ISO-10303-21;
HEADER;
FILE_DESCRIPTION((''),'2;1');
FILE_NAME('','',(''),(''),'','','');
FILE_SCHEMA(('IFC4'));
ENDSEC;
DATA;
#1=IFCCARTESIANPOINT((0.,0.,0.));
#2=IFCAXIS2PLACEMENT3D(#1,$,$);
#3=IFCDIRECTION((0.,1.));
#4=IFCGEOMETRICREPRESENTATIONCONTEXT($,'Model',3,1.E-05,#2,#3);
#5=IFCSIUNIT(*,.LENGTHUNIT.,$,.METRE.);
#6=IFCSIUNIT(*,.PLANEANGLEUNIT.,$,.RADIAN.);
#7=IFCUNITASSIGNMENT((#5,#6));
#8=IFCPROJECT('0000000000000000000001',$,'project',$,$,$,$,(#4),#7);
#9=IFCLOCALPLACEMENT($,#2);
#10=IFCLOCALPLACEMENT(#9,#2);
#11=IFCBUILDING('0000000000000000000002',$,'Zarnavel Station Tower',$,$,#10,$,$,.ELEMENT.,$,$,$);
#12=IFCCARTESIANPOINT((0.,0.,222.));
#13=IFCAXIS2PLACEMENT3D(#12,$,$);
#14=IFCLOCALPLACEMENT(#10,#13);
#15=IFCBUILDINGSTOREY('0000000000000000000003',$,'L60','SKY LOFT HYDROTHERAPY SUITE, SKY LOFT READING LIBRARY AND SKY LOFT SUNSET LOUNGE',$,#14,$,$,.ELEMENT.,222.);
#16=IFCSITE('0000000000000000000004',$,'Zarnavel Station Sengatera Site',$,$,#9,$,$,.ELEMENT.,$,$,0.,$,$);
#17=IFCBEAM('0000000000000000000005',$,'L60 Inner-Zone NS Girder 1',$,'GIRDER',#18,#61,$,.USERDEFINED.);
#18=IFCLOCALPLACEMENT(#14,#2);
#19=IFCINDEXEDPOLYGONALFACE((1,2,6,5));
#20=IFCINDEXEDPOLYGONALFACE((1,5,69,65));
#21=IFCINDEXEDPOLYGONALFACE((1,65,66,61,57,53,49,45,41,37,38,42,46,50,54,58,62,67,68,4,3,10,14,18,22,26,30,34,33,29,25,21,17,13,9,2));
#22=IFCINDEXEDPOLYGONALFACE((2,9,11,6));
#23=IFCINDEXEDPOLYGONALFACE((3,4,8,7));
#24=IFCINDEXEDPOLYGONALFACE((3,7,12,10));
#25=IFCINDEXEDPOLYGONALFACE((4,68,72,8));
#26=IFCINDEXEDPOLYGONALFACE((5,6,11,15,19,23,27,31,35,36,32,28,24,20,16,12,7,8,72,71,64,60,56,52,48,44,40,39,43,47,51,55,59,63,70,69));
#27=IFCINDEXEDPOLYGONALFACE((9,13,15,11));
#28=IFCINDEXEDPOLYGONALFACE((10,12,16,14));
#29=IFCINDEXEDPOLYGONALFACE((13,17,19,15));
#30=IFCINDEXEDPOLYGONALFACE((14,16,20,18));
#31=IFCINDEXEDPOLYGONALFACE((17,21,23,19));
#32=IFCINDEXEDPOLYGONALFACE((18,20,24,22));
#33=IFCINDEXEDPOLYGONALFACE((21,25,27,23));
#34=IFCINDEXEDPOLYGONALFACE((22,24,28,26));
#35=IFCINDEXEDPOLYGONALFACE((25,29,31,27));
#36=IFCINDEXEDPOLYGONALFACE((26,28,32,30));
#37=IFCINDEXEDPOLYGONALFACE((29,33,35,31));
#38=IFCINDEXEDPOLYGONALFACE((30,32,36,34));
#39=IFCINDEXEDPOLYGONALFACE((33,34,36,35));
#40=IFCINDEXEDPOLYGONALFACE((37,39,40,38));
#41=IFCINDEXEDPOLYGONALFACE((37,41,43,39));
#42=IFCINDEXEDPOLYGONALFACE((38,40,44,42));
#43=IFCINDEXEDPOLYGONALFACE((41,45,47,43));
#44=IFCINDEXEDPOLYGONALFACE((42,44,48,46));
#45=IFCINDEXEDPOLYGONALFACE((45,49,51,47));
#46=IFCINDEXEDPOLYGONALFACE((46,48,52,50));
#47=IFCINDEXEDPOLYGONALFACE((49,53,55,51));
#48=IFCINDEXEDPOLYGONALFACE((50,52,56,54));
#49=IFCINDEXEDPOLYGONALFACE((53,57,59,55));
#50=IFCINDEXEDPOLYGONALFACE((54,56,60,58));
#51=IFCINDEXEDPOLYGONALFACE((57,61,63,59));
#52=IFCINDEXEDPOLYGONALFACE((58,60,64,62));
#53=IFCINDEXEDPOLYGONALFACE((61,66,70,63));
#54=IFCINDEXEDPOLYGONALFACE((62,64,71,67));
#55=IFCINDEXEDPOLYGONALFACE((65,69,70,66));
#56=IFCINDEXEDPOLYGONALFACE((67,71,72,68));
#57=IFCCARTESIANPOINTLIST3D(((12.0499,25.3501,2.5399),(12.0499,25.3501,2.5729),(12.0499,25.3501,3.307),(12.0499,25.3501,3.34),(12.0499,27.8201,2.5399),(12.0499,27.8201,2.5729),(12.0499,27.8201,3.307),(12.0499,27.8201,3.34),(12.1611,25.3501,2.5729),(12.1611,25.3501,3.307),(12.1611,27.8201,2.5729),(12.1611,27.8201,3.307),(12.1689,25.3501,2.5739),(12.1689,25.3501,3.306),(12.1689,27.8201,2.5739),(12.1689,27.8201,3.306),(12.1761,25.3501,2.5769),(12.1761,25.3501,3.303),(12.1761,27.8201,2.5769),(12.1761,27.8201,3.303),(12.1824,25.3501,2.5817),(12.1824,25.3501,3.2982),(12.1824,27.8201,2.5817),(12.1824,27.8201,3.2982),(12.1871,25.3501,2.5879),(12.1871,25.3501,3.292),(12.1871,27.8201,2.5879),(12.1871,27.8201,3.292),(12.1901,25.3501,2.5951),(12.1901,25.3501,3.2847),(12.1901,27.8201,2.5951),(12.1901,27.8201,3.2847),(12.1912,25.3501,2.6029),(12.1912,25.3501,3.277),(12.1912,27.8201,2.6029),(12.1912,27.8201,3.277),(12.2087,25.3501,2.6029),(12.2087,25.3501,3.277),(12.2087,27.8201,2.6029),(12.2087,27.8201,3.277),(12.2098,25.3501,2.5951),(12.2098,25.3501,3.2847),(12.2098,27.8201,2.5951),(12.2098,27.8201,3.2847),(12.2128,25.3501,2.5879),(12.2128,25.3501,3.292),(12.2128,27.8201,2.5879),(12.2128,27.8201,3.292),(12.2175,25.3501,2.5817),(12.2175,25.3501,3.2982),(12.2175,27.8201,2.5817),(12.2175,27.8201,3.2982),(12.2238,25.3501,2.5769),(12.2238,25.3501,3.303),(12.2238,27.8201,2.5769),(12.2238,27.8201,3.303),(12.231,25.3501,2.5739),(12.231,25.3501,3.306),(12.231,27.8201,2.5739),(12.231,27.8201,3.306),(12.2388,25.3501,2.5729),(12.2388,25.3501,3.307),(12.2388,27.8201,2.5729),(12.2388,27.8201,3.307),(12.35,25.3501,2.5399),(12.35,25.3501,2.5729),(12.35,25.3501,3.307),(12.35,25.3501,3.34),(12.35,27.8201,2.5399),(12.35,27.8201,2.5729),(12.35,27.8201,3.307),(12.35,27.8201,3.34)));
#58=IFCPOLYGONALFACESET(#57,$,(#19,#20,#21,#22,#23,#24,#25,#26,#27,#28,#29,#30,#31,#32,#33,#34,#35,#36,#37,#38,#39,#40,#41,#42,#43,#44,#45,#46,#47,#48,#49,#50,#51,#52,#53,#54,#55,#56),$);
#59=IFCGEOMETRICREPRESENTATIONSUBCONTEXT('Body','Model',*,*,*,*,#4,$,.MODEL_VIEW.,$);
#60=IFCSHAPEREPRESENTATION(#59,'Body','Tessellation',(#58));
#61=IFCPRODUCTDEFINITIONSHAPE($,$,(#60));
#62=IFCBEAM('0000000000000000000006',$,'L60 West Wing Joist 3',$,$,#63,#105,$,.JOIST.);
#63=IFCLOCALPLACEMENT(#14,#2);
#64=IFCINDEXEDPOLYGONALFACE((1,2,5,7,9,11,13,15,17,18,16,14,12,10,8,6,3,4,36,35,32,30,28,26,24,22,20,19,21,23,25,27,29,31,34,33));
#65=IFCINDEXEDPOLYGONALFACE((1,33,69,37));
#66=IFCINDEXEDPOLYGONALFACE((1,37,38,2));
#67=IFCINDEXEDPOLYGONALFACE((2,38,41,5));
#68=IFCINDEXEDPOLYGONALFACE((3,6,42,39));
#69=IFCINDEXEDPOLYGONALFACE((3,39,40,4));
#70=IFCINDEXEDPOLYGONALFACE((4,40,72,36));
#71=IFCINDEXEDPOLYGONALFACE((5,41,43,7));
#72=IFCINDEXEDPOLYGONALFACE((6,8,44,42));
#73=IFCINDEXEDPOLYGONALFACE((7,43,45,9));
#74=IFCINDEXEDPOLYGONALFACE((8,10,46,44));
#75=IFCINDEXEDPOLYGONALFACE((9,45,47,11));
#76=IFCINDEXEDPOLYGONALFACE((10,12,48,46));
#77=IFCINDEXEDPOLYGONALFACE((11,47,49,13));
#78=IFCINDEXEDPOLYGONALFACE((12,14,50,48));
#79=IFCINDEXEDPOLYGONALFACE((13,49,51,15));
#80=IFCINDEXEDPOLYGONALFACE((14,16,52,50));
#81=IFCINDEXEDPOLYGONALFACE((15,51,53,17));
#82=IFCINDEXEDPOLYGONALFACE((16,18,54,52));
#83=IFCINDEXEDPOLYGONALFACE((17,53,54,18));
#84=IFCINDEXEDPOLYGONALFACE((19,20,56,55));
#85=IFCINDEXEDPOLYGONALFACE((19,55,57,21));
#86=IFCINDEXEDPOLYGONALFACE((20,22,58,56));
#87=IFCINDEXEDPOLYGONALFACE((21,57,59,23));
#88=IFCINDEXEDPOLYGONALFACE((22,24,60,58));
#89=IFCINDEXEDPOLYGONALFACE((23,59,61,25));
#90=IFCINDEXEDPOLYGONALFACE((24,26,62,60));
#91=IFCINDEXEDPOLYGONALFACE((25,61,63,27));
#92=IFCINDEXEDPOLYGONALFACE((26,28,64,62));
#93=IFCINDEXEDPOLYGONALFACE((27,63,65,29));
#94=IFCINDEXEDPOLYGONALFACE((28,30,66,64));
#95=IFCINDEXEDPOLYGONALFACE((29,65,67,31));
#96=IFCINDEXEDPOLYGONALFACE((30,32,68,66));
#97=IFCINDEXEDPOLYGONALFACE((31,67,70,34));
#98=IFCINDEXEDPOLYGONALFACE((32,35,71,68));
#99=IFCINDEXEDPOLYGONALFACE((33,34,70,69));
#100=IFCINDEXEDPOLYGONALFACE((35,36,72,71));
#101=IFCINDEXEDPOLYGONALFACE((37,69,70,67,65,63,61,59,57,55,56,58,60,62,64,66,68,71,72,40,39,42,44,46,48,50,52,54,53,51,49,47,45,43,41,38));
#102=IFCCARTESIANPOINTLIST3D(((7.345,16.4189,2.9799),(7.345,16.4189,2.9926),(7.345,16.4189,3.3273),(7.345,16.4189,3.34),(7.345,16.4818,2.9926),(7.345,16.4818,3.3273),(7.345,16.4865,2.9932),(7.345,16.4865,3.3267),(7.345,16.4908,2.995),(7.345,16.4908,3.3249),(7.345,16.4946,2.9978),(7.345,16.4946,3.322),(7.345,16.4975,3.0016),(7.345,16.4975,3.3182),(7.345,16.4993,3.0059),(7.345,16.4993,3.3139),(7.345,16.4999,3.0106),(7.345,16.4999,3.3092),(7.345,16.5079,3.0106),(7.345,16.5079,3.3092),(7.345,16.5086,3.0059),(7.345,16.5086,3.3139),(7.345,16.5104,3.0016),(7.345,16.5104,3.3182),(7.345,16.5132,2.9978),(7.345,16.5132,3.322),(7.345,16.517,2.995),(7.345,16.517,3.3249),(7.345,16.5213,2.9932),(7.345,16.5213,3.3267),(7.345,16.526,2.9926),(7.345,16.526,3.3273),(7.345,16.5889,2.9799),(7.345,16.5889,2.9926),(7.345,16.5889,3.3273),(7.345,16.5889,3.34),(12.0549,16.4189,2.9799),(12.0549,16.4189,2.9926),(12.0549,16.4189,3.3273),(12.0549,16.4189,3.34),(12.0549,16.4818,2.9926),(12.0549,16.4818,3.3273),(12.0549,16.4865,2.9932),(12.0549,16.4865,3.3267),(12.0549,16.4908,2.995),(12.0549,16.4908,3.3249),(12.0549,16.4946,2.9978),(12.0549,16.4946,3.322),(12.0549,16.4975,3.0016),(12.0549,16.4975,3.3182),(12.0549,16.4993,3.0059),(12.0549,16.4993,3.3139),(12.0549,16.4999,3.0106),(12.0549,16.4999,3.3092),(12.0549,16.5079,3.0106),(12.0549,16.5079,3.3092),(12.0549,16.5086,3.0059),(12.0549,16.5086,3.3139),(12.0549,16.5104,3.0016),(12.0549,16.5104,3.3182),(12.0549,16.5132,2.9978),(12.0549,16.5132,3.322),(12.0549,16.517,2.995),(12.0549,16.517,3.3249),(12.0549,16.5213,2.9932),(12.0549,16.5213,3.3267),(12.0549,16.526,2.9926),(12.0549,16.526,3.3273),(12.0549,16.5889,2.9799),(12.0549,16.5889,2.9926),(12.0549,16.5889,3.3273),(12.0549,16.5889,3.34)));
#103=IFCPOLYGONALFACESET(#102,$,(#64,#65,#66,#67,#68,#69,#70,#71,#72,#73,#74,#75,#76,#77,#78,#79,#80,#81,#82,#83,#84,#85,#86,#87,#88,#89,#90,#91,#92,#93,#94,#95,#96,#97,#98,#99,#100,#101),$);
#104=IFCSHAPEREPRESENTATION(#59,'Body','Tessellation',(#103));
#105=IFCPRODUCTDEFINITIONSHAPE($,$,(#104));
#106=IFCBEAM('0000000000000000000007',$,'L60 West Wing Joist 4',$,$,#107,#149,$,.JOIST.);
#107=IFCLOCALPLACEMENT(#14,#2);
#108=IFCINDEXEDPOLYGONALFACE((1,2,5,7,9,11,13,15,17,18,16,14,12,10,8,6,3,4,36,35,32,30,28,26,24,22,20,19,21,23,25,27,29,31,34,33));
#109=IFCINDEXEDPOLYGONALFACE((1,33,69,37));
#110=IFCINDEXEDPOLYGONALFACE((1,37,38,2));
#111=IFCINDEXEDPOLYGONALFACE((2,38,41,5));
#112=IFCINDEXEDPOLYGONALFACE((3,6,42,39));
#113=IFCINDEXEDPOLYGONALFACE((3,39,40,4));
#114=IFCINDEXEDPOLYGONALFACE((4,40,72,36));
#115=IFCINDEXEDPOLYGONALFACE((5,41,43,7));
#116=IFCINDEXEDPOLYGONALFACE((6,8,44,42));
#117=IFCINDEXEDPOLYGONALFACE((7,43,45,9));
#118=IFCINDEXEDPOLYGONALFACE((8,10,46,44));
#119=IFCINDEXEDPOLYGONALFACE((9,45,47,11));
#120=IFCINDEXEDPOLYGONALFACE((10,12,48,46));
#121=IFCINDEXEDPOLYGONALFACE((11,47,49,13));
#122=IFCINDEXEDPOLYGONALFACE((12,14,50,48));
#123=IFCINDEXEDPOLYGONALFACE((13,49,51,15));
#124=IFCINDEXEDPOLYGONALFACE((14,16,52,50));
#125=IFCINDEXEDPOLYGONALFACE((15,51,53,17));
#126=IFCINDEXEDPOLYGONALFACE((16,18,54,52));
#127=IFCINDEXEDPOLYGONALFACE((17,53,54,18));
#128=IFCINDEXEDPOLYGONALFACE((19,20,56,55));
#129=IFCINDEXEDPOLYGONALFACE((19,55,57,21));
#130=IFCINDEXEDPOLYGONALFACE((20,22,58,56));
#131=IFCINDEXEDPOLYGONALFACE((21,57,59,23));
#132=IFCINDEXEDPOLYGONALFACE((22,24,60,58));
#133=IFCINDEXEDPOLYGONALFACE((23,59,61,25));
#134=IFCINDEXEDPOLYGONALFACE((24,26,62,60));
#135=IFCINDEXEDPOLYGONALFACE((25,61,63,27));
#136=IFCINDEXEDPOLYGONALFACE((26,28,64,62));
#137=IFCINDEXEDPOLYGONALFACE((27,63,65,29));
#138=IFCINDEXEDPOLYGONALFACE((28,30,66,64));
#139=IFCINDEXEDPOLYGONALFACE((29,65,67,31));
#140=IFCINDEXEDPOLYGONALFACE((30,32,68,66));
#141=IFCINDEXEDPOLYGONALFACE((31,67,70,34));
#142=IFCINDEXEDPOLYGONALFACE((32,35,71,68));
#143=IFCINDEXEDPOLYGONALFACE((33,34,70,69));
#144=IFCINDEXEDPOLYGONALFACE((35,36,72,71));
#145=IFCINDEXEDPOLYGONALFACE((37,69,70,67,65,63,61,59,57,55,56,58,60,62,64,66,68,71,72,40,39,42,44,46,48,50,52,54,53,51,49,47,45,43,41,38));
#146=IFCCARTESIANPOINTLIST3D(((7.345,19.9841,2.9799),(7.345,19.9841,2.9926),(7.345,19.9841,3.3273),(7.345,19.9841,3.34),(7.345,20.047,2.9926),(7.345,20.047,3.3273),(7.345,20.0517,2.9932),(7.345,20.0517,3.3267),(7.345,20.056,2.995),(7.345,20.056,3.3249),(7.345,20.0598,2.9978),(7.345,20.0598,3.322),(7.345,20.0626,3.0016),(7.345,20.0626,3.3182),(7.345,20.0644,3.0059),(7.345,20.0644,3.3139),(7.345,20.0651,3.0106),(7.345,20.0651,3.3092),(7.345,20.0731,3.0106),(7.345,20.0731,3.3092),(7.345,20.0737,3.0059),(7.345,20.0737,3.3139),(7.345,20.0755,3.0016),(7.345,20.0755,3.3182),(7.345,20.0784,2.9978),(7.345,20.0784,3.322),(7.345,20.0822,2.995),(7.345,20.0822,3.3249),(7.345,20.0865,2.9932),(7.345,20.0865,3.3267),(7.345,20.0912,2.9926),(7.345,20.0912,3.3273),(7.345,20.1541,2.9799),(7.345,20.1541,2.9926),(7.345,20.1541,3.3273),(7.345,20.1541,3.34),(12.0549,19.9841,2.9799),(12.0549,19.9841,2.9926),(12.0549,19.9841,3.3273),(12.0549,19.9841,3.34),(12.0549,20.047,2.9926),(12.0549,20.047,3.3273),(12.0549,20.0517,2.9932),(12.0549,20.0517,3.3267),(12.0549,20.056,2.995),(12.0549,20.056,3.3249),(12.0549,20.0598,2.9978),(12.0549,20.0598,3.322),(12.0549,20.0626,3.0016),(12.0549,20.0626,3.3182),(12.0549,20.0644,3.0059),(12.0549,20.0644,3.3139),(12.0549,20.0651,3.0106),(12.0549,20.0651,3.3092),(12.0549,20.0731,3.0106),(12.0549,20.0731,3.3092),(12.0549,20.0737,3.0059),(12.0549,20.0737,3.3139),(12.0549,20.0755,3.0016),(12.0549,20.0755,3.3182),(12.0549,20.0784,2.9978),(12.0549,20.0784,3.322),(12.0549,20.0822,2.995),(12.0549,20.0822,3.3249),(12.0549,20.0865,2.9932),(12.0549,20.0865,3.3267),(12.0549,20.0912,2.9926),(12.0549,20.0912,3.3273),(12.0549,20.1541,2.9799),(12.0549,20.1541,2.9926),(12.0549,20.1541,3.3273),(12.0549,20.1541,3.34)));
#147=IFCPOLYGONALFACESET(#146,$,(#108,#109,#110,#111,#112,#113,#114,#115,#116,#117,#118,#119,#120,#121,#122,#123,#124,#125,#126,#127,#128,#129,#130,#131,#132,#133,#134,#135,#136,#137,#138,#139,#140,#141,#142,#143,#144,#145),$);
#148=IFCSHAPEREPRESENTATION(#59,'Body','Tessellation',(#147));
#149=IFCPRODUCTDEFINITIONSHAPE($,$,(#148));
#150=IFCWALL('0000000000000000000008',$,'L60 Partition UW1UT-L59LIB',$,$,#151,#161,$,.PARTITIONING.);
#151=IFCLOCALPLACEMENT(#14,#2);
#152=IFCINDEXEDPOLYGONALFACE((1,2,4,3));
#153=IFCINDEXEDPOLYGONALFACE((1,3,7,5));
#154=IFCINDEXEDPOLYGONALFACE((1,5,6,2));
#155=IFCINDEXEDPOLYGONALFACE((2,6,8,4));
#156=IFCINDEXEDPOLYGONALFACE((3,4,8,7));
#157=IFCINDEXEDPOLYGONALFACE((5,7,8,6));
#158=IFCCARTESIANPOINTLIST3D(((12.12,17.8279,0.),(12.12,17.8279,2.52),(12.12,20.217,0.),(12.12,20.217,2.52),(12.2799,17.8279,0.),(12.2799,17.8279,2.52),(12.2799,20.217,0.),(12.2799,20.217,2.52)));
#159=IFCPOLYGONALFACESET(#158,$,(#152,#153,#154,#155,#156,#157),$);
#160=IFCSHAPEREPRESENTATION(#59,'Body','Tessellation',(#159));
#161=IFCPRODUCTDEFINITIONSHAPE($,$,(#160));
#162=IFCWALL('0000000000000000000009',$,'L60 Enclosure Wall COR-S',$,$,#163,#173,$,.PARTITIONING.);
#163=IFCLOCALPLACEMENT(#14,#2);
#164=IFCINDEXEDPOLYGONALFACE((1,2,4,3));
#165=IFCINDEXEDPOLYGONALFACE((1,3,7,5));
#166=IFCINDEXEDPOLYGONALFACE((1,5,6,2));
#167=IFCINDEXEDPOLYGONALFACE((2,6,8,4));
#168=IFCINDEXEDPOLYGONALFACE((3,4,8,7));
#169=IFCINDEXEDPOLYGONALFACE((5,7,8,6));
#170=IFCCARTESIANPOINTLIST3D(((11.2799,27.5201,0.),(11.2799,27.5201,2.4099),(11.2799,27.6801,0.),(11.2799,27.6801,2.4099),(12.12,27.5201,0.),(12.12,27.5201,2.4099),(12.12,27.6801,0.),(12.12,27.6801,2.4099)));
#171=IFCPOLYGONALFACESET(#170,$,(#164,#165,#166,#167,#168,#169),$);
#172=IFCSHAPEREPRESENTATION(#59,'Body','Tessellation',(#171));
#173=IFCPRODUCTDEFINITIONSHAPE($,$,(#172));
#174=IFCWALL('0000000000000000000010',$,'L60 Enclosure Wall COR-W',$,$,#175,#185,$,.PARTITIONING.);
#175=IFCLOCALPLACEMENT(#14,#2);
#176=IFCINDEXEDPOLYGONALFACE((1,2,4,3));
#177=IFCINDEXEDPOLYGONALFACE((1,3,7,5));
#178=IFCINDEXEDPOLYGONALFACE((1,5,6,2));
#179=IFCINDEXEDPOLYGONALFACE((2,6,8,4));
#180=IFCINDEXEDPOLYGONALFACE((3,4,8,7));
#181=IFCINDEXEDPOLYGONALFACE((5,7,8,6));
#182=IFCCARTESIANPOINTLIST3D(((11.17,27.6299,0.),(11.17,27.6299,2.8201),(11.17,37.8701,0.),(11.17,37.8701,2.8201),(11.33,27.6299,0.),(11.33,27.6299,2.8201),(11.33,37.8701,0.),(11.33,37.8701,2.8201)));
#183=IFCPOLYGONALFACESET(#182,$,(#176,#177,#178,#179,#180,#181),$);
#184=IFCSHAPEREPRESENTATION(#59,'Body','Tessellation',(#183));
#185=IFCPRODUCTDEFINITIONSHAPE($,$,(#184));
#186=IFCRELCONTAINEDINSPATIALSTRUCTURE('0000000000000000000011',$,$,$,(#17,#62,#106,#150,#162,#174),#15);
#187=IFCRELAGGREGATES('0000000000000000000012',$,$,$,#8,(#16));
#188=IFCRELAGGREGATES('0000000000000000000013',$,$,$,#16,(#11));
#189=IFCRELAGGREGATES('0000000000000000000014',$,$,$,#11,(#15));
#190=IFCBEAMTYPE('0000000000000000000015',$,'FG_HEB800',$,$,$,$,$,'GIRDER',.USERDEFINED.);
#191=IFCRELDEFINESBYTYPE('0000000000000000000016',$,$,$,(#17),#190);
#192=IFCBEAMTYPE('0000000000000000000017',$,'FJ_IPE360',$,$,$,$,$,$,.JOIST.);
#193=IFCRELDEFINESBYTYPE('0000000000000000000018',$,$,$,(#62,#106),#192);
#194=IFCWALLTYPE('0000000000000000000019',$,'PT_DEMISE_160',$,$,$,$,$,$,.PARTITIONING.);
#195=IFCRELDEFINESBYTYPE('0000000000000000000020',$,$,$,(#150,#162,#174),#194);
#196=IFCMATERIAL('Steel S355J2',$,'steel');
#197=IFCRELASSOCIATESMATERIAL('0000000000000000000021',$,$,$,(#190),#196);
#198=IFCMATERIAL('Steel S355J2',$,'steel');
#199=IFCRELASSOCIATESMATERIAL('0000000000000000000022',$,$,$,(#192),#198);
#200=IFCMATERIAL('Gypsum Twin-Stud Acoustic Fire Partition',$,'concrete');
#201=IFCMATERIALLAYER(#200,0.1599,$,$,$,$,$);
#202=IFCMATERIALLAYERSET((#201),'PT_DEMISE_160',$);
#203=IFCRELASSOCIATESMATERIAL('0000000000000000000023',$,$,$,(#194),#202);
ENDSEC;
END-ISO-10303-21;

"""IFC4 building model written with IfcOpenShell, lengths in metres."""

from ifc_helpers import new_model, si_unit, direction, frame, frame_2d, origin, origin_2d, place, context, subcontext, project, spatial, rectangle, i_section, extrude, material, layer, layer_set, material_profile, profile_set, type_object, element, save


model = new_model("IFC4")

# Units and contexts
model_context = context("Model", 3, precision=1e-05, world=origin(), true_north=direction((0.0, 1.0)))
body_context = subcontext(model_context, "Body", "Model", "MODEL_VIEW")
ifc_project = project(units=[si_unit("LENGTHUNIT", "METRE"), si_unit("PLANEANGLEUNIT", "RADIAN")], contexts=[model_context])

# Site, building, storey
site_placement = place(None, origin())
site = spatial("IfcSite", under=ifc_project, at=site_placement, Name="Zarnavel Station Sengatera Site", CompositionType="ELEMENT", RefElevation=0.0)
building_placement = place(site_placement, origin())
building = spatial("IfcBuilding", under=site, at=building_placement, Name="Zarnavel Station Tower", CompositionType="ELEMENT")
storey_placement = place(building_placement, frame((0.0, 0.0, 222.0)))
storey = spatial("IfcBuildingStorey", under=building, at=storey_placement, Name="L60", Description="SKY LOFT HYDROTHERAPY SUITE, SKY LOFT READING LIBRARY AND SKY LOFT SUNSET LOUNGE", CompositionType="ELEMENT", Elevation=222.0)

# Beams
ifc_material_1 = material(Name="Steel S355J2", Category="steel")
ifc_material_profile_1 = material_profile(ifc_material_1, i_section(OverallWidth=0.3, OverallDepth=0.8, WebThickness=0.0176, FlangeThickness=0.033, FilletRadius=0.03, at=origin_2d()), Name="HEB800")
ifc_profile_set_1 = profile_set([ifc_material_profile_1], Name="Steel S355J2")
beam_type_1 = type_object("IfcBeamType", Name="FG_HEB800", ElementType="GIRDER", PredefinedType="USERDEFINED", material=ifc_profile_set_1)
beam_1_placement = place(storey_placement, frame((12.2, 25.3501, 2.9399), z_axis=(0.0, 1.0, 0.0), x_axis=(-1.0, 0.0, 0.0)))
element("IfcBeam", 1, at=beam_1_placement, inside=storey, type_object=beam_type_1, Name="L60 Inner-Zone NS Girder 1", ObjectType="GIRDER", PredefinedType="USERDEFINED", context=body_context, shape_type="SweptSolid", body=[
    extrude(i_section(OverallWidth=0.3, OverallDepth=0.8, WebThickness=0.0176, FlangeThickness=0.033, FilletRadius=0.03, at=origin_2d()), origin(), (0.0, 0.0, 1.0), 2.47),
])
ifc_material_2 = material(Name="Steel S355J2", Category="steel")
ifc_material_profile_2 = material_profile(ifc_material_2, i_section(OverallWidth=0.1699, OverallDepth=0.3601, WebThickness=0.0081, FlangeThickness=0.0127, FilletRadius=0.0181, at=origin_2d()), Name="IPE360")
ifc_profile_set_2 = profile_set([ifc_material_profile_2], Name="Steel S355J2")
beam_type_2 = type_object("IfcBeamType", Name="FJ_IPE360", PredefinedType="JOIST", material=ifc_profile_set_2)
for number, where, z_axis, x_axis, name in (
    (2, (7.345, 16.5039, 3.1599), (1.0, 0.0, 0.0), (0.0, 1.0, 0.0), "L60 West Wing Joist 3"),
    (3, (7.345, 20.0691, 3.1599), (1.0, 0.0, 0.0), (0.0, 1.0, 0.0), "L60 West Wing Joist 4"),
):
    element("IfcBeam", number, at=place(storey_placement, frame(where, z_axis=z_axis, x_axis=x_axis)), inside=storey, type_object=beam_type_2, Name=name, PredefinedType="JOIST", context=body_context, shape_type="SweptSolid", body=[
        extrude(i_section(OverallWidth=0.1699, OverallDepth=0.3601, WebThickness=0.0081, FlangeThickness=0.0127, FilletRadius=0.0181, at=origin_2d()), origin(), (0.0, 0.0, 1.0), 4.71),
    ])

# Shared definitions
ifc_material_3 = material(Name="Gypsum Twin-Stud Acoustic Fire Partition", Category="concrete")
ifc_layer_1 = layer(ifc_material_3, 0.1599)
ifc_layer_set_1 = layer_set([ifc_layer_1], Name="PT_DEMISE_160")
wall_type_1 = type_object("IfcWallType", Name="PT_DEMISE_160", PredefinedType="PARTITIONING", material=ifc_layer_set_1)

# Walls
wall_1_placement = place(storey_placement, frame((12.2, 17.8279, 0.0), z_axis=(0.0, 0.0, 1.0), x_axis=(0.0, 1.0, 0.0)))
element("IfcWall", 4, at=wall_1_placement, inside=storey, type_object=wall_type_1, Name="L60 Partition UW1UT-L59LIB", PredefinedType="PARTITIONING", context=body_context, shape_type="SweptSolid", body=[
    extrude(rectangle(XDim=2.3892, YDim=0.1599, at=frame_2d((1.1946, 0.0))), origin(), (0.0, 0.0, 1.0), 2.52),
])
wall_2_placement = place(storey_placement, frame((11.28, 27.6001, 0.0), z_axis=(0.0, 0.0, 1.0), x_axis=(1.0, 0.0, 0.0)))
element("IfcWall", 5, at=wall_2_placement, inside=storey, type_object=wall_type_1, Name="L60 Enclosure Wall COR-S", PredefinedType="PARTITIONING", context=body_context, shape_type="SweptSolid", body=[
    extrude(rectangle(XDim=0.8401, YDim=0.1599, at=frame_2d((0.4199, 0.0))), origin(), (0.0, 0.0, 1.0), 2.4099),
])
wall_3_placement = place(storey_placement, frame((11.25, 27.6299, 0.0), z_axis=(0.0, 0.0, 1.0), x_axis=(0.0, 1.0, 0.0)))
element("IfcWall", 6, at=wall_3_placement, inside=storey, type_object=wall_type_1, Name="L60 Enclosure Wall COR-W", PredefinedType="PARTITIONING", context=body_context, shape_type="SweptSolid", body=[
    extrude(rectangle(XDim=10.2402, YDim=0.1599, at=frame_2d((5.1201, 0.0))), origin(), (0.0, 0.0, 1.0), 2.8201),
])

save(model, "model.ifc")
